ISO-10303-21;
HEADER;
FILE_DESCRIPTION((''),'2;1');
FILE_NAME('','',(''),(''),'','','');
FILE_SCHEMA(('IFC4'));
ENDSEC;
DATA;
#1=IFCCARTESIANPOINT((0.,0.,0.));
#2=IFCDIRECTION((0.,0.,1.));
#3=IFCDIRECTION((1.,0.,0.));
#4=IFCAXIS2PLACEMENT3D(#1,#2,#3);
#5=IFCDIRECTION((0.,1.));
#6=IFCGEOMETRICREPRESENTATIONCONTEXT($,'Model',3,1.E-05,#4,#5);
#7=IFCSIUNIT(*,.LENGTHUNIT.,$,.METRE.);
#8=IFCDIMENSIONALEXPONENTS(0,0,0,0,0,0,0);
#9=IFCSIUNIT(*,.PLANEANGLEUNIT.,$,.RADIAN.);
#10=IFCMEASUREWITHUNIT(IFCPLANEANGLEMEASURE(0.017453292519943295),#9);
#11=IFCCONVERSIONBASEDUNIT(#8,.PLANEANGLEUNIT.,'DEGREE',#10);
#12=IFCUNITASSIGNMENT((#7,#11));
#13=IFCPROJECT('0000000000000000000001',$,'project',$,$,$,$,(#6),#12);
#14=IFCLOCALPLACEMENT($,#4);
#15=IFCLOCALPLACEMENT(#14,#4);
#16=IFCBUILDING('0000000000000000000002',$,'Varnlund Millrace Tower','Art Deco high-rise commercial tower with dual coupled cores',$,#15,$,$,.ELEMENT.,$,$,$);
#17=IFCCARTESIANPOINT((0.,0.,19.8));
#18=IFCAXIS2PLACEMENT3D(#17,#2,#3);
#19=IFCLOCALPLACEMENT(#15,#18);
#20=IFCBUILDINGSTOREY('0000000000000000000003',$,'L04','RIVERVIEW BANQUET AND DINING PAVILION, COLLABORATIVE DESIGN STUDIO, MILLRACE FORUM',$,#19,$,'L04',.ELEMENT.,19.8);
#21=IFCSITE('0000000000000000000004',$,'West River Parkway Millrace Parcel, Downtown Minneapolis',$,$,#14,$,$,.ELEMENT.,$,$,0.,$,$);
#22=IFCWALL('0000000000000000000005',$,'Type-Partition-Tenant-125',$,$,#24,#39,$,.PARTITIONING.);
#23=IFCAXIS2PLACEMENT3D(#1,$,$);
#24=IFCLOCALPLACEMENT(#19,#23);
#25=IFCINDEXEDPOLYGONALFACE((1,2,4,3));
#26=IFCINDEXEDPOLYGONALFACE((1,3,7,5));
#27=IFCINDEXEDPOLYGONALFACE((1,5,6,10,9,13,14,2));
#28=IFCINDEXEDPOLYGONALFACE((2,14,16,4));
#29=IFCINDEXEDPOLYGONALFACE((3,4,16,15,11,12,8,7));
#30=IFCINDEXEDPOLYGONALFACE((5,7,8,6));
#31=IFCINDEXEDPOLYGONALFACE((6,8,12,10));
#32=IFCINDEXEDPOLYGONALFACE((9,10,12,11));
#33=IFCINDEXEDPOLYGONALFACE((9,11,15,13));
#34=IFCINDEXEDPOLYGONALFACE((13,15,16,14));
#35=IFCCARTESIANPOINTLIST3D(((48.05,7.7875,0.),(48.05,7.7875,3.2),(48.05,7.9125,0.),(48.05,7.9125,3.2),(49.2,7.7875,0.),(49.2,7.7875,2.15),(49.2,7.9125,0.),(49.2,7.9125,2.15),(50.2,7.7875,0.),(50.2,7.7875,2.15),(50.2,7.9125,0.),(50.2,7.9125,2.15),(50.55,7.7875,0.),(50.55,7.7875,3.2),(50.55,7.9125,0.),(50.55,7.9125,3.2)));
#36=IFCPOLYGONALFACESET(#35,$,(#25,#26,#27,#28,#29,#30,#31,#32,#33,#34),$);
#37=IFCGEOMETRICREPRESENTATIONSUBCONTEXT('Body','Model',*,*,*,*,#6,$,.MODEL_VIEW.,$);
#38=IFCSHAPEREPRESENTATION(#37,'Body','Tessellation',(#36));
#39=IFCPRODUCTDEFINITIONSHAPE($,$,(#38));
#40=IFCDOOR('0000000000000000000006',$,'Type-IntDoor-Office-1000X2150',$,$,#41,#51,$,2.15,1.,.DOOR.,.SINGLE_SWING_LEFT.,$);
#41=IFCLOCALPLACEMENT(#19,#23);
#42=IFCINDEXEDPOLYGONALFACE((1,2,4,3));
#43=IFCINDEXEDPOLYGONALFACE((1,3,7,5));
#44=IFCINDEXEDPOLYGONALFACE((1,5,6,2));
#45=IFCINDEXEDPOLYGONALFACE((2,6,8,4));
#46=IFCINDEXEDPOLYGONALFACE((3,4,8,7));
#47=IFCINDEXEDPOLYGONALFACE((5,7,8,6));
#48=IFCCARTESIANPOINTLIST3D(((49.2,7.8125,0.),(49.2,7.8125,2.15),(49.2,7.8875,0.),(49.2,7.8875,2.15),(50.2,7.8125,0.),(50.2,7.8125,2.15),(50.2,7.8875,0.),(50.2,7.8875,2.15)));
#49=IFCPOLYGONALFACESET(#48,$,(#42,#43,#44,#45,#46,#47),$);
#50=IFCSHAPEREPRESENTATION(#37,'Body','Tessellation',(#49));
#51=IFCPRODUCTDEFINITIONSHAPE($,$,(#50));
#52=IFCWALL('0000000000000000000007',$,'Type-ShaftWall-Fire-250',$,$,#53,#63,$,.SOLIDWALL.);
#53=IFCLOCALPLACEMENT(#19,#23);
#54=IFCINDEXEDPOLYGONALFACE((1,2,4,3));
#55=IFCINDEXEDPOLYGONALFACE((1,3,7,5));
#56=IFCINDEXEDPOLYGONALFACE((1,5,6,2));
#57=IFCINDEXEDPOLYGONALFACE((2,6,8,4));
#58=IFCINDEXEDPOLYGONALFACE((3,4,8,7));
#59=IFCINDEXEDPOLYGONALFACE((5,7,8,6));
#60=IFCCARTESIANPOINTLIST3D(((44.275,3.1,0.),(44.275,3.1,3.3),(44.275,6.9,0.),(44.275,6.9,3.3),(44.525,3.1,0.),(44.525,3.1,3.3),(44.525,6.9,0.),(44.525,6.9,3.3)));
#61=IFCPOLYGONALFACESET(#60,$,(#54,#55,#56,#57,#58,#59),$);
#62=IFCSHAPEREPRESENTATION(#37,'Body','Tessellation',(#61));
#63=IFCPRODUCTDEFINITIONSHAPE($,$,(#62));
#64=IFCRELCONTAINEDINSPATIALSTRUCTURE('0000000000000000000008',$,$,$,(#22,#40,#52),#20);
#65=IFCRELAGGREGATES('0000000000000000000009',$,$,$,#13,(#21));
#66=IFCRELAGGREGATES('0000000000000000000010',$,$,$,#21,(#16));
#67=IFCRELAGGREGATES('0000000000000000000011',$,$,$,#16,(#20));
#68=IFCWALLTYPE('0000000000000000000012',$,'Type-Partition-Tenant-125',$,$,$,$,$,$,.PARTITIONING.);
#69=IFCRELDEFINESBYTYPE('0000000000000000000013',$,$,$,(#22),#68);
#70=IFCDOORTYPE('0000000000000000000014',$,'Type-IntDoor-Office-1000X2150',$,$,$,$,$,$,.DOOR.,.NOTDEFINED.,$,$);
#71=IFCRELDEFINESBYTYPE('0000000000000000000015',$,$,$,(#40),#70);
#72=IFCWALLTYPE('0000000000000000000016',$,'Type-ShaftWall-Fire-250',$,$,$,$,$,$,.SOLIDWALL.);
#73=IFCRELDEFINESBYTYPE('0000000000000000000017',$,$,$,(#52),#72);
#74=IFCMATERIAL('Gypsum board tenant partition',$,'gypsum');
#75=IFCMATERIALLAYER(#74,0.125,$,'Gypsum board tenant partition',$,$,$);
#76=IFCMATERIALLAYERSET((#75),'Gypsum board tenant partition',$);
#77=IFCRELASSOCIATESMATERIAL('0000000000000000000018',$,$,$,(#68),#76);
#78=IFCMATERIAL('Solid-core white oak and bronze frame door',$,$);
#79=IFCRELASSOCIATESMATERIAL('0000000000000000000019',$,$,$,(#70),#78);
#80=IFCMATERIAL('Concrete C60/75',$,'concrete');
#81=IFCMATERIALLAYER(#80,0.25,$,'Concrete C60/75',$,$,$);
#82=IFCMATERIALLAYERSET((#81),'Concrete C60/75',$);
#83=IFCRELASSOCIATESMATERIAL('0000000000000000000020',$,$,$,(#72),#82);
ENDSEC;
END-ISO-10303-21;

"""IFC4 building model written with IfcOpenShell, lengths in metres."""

from ifc_helpers import new_model, entity, si_unit, converted_unit, direction, frame, origin_with_axes, origin_2d_with_axis, place, context, subcontext, project, spatial, polyline, rectangle, outline, extrude, material, layer, layer_set, type_object, element, fill, save


model = new_model("IFC4")

# Units and contexts
model_context = context("Model", 3, precision=1e-05, world=origin_with_axes(), true_north=direction((0.0, 1.0)))
body_context = subcontext(model_context, "Body", "Model", "MODEL_VIEW")
ifc_project = project(units=[si_unit("LENGTHUNIT", "METRE"), converted_unit("PLANEANGLEUNIT", "DEGREE", entity("IfcPlaneAngleMeasure", 0.017453292519943295), si_unit("PLANEANGLEUNIT", "RADIAN"), dimensions=[0, 0, 0, 0, 0, 0, 0])], contexts=[model_context])

# Site, building, storey
site_placement = place(None, origin_with_axes())
site = spatial("IfcSite", under=ifc_project, at=site_placement, Name="West River Parkway Millrace Parcel, Downtown Minneapolis", CompositionType="ELEMENT", RefElevation=0.0)
building_placement = place(site_placement, origin_with_axes())
building = spatial("IfcBuilding", under=site, at=building_placement, Name="Varnlund Millrace Tower", Description="Art Deco high-rise commercial tower with dual coupled cores", CompositionType="ELEMENT")
storey_placement = place(building_placement, frame((0.0, 0.0, 19.8), z_axis=(0.0, 0.0, 1.0), x_axis=(1.0, 0.0, 0.0)))
storey = spatial("IfcBuildingStorey", under=building, at=storey_placement, Name="L04", Description="RIVERVIEW BANQUET AND DINING PAVILION, COLLABORATIVE DESIGN STUDIO, MILLRACE FORUM", LongName="L04", CompositionType="ELEMENT", Elevation=19.8)

# Wall, opening, door
ifc_material_1 = material(Name="Gypsum board tenant partition", Category="gypsum")
ifc_layer_1 = layer(ifc_material_1, 0.125, Name="Gypsum board tenant partition")
ifc_layer_set_1 = layer_set([ifc_layer_1], Name="Gypsum board tenant partition")
wall_type_1 = type_object("IfcWallType", Name="Type-Partition-Tenant-125", PredefinedType="PARTITIONING", material=ifc_layer_set_1)
wall_1_placement = place(storey_placement, frame((48.05, 7.85, 0.0), z_axis=(0.0, 0.0, 1.0), x_axis=(1.0, 0.0, 0.0)))
wall_1 = element("IfcWall", 1, at=wall_1_placement, inside=storey, type_object=wall_type_1, Name="Type-Partition-Tenant-125", PredefinedType="PARTITIONING", context=body_context, shape_type="SweptSolid", body=[
    extrude(outline(polyline([(0.0, -0.0625), (2.5, -0.0625), (2.5, 0.0625), (0.0, 0.0625), (0.0, -0.0625)])), origin_with_axes(), (0.0, 0.0, 1.0), 3.2),
])
opening_1_placement = place(wall_1_placement, frame((1.65, 0.0, 0.0), z_axis=(0.0, 0.0, 1.0), x_axis=(1.0, 0.0, 0.0)))
opening_1 = element("IfcOpeningElement", 2, at=opening_1_placement, cuts=wall_1, PredefinedType="OPENING", context=body_context, shape_type="SweptSolid", body=[
    extrude(rectangle(XDim=1.0, YDim=0.145, at=origin_2d_with_axis()), origin_with_axes(), (0.0, 0.0, 1.0), 2.15),
])
ifc_material_2 = material(Name="Solid-core white oak and bronze frame door")
door_type_1 = type_object("IfcDoorType", Name="Type-IntDoor-Office-1000X2150", OperationType="NOTDEFINED", PredefinedType="DOOR", material=ifc_material_2)
door_1_placement = place(wall_1_placement, frame((1.65, 0.0, 0.0), z_axis=(0.0, 0.0, 1.0), x_axis=(1.0, 0.0, 0.0)))
door_1 = element("IfcDoor", 3, at=door_1_placement, inside=storey, type_object=door_type_1, Name="Type-IntDoor-Office-1000X2150", OperationType="SINGLE_SWING_LEFT", OverallHeight=2.15, OverallWidth=1.0, PredefinedType="DOOR", context=body_context, shape_type="SweptSolid", body=[
    extrude(rectangle(XDim=1.0, YDim=0.075, at=origin_2d_with_axis()), origin_with_axes(), (0.0, 0.0, 1.0), 2.15),
])
fill(opening_1, door_1)

# Wall
ifc_material_3 = material(Name="Concrete C60/75", Category="concrete")
ifc_layer_2 = layer(ifc_material_3, 0.25, Name="Concrete C60/75")
ifc_layer_set_2 = layer_set([ifc_layer_2], Name="Concrete C60/75")
wall_type_2 = type_object("IfcWallType", Name="Type-ShaftWall-Fire-250", PredefinedType="SOLIDWALL", material=ifc_layer_set_2)
wall_2_placement = place(storey_placement, frame((44.4, 3.1, 0.0), z_axis=(0.0, 0.0, 1.0), x_axis=(0.0, 1.0, 0.0)))
element("IfcWall", 4, at=wall_2_placement, inside=storey, type_object=wall_type_2, Name="Type-ShaftWall-Fire-250", PredefinedType="SOLIDWALL", context=body_context, shape_type="SweptSolid", body=[
    extrude(outline(polyline([(0.0, -0.125), (3.8, -0.125), (3.8, 0.125), (0.0, 0.125), (0.0, -0.125)])), origin_with_axes(), (0.0, 0.0, 1.0), 3.3),
])

save(model, "model.ifc")
